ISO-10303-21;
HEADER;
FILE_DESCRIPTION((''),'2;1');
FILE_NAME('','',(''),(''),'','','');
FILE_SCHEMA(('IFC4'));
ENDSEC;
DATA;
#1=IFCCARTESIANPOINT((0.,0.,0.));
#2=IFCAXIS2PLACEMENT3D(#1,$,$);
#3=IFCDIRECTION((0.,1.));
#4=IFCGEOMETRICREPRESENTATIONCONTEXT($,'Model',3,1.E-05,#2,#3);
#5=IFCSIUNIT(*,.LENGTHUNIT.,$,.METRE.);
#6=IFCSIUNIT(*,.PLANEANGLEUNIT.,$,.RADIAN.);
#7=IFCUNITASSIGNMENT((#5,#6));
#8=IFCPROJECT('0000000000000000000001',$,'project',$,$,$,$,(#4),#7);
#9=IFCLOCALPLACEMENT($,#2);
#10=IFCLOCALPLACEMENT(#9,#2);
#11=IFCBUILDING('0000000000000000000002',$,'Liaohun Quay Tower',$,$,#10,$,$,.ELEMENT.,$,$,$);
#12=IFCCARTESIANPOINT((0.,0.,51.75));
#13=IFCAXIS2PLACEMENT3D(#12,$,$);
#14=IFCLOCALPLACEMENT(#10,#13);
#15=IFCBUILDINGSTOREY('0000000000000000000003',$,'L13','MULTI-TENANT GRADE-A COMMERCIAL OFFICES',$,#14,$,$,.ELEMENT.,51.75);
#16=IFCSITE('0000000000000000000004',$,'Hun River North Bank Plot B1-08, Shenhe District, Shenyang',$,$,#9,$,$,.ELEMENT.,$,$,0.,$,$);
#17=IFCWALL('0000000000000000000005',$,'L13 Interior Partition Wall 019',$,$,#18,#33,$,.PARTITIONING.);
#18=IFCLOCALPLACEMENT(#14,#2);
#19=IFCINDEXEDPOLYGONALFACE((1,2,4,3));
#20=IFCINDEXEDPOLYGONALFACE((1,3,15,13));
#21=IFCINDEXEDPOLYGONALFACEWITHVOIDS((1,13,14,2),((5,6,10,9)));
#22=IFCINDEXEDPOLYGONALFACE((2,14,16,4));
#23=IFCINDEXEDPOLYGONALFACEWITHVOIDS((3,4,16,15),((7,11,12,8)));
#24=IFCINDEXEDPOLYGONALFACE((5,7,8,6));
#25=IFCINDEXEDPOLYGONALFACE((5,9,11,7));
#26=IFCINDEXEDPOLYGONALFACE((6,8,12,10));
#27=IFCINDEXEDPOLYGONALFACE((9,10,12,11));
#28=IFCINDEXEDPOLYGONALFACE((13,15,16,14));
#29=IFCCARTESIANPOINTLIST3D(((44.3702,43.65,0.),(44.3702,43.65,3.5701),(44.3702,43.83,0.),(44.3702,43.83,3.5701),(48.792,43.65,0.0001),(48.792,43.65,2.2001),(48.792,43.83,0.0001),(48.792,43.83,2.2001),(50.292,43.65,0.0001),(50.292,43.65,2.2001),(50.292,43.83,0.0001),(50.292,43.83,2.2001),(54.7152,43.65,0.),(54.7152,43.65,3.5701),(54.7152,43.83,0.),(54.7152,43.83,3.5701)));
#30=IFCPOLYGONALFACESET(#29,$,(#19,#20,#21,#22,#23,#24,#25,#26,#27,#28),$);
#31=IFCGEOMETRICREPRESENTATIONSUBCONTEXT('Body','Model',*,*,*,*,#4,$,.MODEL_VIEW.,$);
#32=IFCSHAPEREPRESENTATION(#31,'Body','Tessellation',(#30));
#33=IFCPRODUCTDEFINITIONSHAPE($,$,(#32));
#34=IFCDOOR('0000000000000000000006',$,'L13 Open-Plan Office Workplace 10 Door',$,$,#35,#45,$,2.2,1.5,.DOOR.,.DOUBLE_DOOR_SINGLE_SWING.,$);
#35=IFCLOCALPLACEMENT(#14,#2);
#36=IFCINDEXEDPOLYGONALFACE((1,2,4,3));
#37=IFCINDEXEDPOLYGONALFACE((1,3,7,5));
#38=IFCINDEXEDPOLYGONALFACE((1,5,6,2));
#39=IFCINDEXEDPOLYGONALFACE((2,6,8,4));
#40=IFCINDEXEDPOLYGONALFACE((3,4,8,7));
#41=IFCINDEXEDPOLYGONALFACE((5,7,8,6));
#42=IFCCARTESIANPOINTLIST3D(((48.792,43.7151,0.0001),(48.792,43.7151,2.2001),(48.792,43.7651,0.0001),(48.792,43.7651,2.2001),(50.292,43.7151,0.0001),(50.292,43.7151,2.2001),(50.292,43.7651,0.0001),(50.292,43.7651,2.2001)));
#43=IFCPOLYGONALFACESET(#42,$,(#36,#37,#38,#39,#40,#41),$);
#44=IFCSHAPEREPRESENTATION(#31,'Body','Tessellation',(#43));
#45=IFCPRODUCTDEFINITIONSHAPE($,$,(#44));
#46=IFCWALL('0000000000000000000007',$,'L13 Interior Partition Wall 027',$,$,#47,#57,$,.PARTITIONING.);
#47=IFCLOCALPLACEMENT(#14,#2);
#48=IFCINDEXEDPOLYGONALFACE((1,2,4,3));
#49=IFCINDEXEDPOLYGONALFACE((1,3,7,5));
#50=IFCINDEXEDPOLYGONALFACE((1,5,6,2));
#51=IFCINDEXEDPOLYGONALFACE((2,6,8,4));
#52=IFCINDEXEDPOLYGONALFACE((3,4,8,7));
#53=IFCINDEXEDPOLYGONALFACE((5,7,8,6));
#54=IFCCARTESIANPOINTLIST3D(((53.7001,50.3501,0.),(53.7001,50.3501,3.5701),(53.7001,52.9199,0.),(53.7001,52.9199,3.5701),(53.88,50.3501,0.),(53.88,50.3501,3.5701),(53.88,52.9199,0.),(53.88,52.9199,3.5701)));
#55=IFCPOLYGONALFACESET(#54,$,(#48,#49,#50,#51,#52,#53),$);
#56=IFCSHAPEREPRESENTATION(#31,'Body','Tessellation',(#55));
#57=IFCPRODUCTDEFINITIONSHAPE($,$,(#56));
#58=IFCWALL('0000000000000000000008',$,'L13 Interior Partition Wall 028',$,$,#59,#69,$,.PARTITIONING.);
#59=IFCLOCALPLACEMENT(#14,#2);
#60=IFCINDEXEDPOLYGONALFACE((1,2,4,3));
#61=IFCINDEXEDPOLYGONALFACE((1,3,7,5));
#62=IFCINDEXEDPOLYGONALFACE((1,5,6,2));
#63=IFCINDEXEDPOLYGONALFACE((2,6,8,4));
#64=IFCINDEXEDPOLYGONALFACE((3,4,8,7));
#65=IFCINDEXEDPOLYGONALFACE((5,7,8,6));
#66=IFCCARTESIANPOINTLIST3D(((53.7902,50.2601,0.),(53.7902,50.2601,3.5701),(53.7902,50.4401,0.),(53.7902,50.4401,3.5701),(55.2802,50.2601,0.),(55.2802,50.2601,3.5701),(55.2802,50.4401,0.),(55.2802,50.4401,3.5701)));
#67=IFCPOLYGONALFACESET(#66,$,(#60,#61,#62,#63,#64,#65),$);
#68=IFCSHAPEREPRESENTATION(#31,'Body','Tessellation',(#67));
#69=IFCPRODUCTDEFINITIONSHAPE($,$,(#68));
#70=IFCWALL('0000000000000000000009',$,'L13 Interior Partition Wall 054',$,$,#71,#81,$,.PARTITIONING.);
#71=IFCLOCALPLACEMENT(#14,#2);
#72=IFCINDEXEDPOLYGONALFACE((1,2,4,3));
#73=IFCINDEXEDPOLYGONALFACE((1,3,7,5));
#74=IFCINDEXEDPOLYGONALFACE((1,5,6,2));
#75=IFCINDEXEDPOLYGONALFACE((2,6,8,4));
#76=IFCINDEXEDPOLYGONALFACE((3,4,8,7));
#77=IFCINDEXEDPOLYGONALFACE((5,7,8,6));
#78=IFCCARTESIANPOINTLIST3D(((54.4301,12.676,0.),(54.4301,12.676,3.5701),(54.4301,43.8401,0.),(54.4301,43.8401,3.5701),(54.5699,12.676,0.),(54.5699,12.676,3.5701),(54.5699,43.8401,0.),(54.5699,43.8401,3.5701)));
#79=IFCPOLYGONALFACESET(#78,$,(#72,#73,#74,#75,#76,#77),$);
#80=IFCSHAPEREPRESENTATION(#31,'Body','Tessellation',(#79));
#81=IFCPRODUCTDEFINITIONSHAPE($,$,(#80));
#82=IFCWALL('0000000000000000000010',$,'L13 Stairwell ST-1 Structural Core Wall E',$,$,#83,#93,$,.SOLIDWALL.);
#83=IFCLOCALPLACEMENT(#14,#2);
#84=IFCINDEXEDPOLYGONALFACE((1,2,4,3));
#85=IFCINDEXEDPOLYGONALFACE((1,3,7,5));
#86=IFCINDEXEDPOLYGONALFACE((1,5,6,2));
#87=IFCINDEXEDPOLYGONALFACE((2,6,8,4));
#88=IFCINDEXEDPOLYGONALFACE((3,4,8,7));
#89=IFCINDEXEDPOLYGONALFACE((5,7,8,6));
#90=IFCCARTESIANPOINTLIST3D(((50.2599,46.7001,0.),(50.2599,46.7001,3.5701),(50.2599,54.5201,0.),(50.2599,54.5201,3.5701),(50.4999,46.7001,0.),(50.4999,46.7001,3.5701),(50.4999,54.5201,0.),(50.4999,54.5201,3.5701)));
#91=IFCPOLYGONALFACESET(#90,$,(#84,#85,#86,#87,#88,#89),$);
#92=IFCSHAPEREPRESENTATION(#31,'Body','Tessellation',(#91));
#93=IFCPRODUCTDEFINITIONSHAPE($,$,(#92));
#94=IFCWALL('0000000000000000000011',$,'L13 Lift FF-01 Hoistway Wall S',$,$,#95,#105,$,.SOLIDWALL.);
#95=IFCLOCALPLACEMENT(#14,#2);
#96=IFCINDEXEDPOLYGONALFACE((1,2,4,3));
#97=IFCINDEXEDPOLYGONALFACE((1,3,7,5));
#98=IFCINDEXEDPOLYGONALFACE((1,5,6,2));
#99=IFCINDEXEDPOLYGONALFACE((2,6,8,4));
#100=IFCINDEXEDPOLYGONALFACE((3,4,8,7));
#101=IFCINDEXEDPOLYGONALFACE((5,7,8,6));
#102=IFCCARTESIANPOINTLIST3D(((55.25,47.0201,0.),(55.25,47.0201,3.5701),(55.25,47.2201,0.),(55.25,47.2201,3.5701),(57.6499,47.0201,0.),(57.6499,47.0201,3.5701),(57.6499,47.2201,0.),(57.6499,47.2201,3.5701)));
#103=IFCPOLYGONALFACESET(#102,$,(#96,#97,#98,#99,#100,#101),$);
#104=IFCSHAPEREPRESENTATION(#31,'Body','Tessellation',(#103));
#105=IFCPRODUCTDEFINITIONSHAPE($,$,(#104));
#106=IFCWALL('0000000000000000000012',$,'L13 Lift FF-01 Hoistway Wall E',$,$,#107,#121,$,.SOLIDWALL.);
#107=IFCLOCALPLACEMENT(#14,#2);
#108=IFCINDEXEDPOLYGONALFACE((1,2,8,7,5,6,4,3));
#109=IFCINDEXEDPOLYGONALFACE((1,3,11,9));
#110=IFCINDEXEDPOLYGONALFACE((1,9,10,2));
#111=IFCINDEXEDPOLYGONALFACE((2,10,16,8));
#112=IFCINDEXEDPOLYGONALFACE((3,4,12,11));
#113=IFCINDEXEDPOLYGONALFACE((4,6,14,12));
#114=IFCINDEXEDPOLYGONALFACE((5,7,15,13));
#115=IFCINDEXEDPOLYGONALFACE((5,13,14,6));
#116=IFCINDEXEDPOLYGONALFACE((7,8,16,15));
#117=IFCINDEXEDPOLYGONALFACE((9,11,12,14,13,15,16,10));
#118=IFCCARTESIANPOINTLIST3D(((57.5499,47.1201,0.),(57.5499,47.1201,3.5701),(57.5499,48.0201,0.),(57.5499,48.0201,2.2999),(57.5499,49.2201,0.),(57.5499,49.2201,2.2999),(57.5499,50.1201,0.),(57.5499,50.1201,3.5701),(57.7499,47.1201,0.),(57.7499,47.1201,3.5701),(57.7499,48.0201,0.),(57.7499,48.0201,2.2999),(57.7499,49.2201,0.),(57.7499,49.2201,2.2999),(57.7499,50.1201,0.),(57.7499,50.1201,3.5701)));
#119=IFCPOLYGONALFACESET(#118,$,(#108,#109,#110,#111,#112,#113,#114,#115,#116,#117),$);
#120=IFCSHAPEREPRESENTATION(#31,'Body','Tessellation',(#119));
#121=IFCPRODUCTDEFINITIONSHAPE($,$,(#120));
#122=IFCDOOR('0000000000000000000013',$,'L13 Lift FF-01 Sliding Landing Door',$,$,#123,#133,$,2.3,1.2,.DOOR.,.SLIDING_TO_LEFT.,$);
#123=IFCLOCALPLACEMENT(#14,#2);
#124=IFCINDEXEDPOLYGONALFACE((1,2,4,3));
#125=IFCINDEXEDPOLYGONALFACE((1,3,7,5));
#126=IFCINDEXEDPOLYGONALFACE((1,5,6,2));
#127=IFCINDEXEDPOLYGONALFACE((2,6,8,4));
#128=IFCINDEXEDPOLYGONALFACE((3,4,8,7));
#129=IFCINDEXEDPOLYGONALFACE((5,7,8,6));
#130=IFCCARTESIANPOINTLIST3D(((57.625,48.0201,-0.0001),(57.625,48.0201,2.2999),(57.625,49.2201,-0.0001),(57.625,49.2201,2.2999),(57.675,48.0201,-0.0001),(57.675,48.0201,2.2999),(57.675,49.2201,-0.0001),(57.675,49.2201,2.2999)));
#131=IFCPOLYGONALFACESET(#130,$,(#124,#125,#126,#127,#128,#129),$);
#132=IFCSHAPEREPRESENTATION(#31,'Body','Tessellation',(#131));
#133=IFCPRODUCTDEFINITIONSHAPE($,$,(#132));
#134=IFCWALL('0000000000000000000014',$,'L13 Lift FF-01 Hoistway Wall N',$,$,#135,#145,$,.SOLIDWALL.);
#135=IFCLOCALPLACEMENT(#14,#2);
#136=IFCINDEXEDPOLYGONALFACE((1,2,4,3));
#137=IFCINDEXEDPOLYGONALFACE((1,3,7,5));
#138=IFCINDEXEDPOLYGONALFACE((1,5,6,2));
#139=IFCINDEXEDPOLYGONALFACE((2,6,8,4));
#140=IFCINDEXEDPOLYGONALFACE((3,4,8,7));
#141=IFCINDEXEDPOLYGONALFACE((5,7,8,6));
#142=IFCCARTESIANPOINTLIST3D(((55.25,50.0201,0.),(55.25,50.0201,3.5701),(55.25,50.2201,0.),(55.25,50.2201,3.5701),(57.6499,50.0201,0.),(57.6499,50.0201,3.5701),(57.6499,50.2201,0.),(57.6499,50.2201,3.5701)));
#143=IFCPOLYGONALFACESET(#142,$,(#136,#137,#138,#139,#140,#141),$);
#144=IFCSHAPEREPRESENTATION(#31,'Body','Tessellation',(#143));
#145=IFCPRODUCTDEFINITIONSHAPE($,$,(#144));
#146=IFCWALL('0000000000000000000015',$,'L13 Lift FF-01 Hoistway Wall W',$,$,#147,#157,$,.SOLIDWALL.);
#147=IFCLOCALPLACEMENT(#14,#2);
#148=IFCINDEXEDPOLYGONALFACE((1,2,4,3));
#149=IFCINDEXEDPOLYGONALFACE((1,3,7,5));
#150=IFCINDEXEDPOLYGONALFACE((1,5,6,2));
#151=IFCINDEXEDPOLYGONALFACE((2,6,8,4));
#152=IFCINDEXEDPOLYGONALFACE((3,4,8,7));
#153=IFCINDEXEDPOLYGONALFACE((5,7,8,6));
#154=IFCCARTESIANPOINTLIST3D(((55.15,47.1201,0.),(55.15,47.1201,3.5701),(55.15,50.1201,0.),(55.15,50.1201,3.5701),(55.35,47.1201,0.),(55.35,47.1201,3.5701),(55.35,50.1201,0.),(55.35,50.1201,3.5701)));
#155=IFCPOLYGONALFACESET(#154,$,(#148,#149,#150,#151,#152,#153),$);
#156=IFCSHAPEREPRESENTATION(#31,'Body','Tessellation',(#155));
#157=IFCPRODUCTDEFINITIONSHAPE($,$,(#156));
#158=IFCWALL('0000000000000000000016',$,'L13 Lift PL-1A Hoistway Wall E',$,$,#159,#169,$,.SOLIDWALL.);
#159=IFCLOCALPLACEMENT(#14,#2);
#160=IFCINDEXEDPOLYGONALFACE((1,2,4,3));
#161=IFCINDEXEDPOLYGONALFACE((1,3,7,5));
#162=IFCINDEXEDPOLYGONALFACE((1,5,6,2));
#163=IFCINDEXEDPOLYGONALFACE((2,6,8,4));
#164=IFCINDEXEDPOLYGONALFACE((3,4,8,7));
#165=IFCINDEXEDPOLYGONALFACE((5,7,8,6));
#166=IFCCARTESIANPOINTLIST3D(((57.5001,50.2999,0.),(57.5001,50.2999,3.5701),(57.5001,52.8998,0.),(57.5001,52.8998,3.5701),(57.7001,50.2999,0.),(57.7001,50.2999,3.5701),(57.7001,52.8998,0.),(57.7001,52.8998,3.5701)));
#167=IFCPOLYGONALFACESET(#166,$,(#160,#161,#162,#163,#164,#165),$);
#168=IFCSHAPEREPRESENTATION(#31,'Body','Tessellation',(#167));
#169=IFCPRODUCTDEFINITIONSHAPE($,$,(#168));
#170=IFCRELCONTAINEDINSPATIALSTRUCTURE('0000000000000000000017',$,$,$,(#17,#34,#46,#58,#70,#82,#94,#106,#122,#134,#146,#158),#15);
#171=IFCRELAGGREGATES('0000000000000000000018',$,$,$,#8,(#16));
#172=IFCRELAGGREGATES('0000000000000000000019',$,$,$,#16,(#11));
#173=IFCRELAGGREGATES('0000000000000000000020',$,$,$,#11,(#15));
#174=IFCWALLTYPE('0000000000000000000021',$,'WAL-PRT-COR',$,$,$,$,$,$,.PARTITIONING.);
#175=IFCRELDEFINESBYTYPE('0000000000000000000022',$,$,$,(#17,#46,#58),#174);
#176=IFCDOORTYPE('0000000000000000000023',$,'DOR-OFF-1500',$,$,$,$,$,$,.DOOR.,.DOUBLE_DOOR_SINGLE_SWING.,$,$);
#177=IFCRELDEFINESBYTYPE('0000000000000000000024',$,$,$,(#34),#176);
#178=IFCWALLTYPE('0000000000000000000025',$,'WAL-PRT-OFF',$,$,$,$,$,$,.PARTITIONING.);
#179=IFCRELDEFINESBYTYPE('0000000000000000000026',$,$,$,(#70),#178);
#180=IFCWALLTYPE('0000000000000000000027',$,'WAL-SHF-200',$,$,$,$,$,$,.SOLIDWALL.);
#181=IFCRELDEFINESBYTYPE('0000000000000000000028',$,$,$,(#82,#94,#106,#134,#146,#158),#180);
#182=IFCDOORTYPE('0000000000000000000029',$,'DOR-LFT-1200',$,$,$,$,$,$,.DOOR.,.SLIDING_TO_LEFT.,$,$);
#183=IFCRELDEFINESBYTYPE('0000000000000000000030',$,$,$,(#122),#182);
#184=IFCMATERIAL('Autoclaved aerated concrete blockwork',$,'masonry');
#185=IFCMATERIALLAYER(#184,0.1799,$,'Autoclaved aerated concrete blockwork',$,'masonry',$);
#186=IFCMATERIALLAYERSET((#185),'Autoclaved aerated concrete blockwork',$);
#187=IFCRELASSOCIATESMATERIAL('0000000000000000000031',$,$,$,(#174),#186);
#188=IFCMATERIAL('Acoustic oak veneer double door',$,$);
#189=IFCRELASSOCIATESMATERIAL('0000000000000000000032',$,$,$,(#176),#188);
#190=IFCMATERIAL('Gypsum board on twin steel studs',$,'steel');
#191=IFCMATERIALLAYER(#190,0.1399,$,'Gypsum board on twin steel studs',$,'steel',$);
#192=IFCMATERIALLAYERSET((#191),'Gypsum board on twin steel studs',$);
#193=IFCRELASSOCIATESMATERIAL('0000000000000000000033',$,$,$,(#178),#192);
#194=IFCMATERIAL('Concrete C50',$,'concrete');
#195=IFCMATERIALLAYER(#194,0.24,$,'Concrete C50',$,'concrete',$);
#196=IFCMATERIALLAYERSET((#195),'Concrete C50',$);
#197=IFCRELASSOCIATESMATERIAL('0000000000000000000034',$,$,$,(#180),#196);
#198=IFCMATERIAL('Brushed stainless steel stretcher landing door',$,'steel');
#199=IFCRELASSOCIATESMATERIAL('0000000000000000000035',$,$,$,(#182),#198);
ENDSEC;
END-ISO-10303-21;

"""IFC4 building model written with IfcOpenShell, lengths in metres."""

from ifc_helpers import new_model, si_unit, direction, frame, frame_2d, origin, place, context, subcontext, project, spatial, rectangle, extrude, source, transform, mapped, material, layer, layer_set, type_object, element, fill, save


model = new_model("IFC4")

# Units and contexts
model_context = context("Model", 3, precision=1e-05, world=origin(), true_north=direction((0.0, 1.0)))
body_context = subcontext(model_context, "Body", "Model", "MODEL_VIEW")
ifc_project = project(units=[si_unit("LENGTHUNIT", "METRE"), si_unit("PLANEANGLEUNIT", "RADIAN")], contexts=[model_context])

# Site, building, storey
site_placement = place(None, origin())
site = spatial("IfcSite", under=ifc_project, at=site_placement, Name="Hun River North Bank Plot B1-08, Shenhe District, Shenyang", CompositionType="ELEMENT", RefElevation=0.0)
building_placement = place(site_placement, origin())
building = spatial("IfcBuilding", under=site, at=building_placement, Name="Liaohun Quay Tower", CompositionType="ELEMENT")
storey_placement = place(building_placement, frame((0.0, 0.0, 51.75)))
storey = spatial("IfcBuildingStorey", under=building, at=storey_placement, Name="L13", Description="MULTI-TENANT GRADE-A COMMERCIAL OFFICES", CompositionType="ELEMENT", Elevation=51.75)

# Shared definitions
ifc_material_1 = material(Name="Concrete C50", Category="concrete")

# Wall, opening, door
ifc_material_2 = material(Name="Autoclaved aerated concrete blockwork", Category="masonry")
ifc_layer_1 = layer(ifc_material_2, 0.1799, Name="Autoclaved aerated concrete blockwork", Category="masonry")
ifc_layer_set_1 = layer_set([ifc_layer_1], Name="Autoclaved aerated concrete blockwork")
wall_type_1 = type_object("IfcWallType", Name="WAL-PRT-COR", PredefinedType="PARTITIONING", material=ifc_layer_set_1)
wall_1_placement = place(storey_placement, frame((54.7151, 43.74, 0.0), z_axis=(0.0, 0.0, 1.0), x_axis=(-1.0, 0.0, 0.0)))
wall_1 = element("IfcWall", 1, at=wall_1_placement, inside=storey, type_object=wall_type_1, Name="L13 Interior Partition Wall 019", PredefinedType="PARTITIONING", context=body_context, shape_type="SweptSolid", body=[
    extrude(rectangle(XDim=10.345, YDim=0.1799, at=frame_2d((5.1724, 0.0))), origin(), (0.0, 0.0, 1.0), 3.5701),
])
shared_shape_1 = source(origin(), body_context, "Body", "SweptSolid", [
    extrude(rectangle(XDim=1.5, YDim=2.2, at=frame_2d((0.75, 1.1001))), frame((0.0, 0.0999, 0.0), z_axis=(0.0, -1.0, 0.0), x_axis=(1.0, 0.0, 0.0)), (0.0, 0.0, 1.0), 0.2),
])
opening_1_placement = place(wall_1_placement, frame((4.4231, 0.0, 0.0)))
opening_1 = element("IfcOpeningElement", 2, at=opening_1_placement, cuts=wall_1, PredefinedType="OPENING", context=body_context, shape_type="MappedRepresentation", body=[
    mapped(shared_shape_1, transform((0.0, 0.0, 0.0), x_axis=(1.0, 0.0, 0.0), y_axis=(0.0, 1.0, 0.0), z_axis=(0.0, 0.0, 1.0), scale=1.0)),
])
ifc_material_3 = material(Name="Acoustic oak veneer double door")
door_type_1 = type_object("IfcDoorType", Name="DOR-OFF-1500", OperationType="DOUBLE_DOOR_SINGLE_SWING", PredefinedType="DOOR", material=ifc_material_3)
shared_shape_2 = source(origin(), body_context, "Body", "SweptSolid", [
    extrude(rectangle(XDim=1.5, YDim=2.2, at=frame_2d((0.75, 1.1001))), frame((0.0, 0.0249, 0.0), z_axis=(0.0, -1.0, 0.0), x_axis=(1.0, 0.0, 0.0)), (0.0, 0.0, 1.0), 0.05),
])
door_1_placement = place(opening_1_placement, origin())
door_1 = element("IfcDoor", 3, at=door_1_placement, inside=storey, type_object=door_type_1, Name="L13 Open-Plan Office Workplace 10 Door", OperationType="DOUBLE_DOOR_SINGLE_SWING", OverallHeight=2.2, OverallWidth=1.5, PredefinedType="DOOR", context=body_context, shape_type="MappedRepresentation", body=[
    mapped(shared_shape_2, transform((0.0, 0.0, 0.0), x_axis=(1.0, 0.0, 0.0), y_axis=(0.0, 1.0, 0.0), z_axis=(0.0, 0.0, 1.0), scale=1.0)),
])
fill(opening_1, door_1)

# Walls
wall_2_placement = place(storey_placement, frame((53.79, 50.3501, 0.0), z_axis=(0.0, 0.0, 1.0), x_axis=(0.0, 1.0, 0.0)))
element("IfcWall", 4, at=wall_2_placement, inside=storey, type_object=wall_type_1, Name="L13 Interior Partition Wall 027", PredefinedType="PARTITIONING", context=body_context, shape_type="SweptSolid", body=[
    extrude(rectangle(XDim=2.5698, YDim=0.1799, at=frame_2d((1.2849, 0.0))), origin(), (0.0, 0.0, 1.0), 3.5701),
])
wall_3_placement = place(storey_placement, frame((53.79, 50.3501, 0.0), z_axis=(0.0, 0.0, 1.0), x_axis=(1.0, 0.0, 0.0)))
element("IfcWall", 5, at=wall_3_placement, inside=storey, type_object=wall_type_1, Name="L13 Interior Partition Wall 028", PredefinedType="PARTITIONING", context=body_context, shape_type="SweptSolid", body=[
    extrude(rectangle(XDim=1.49, YDim=0.1799, at=frame_2d((0.7451, 0.0))), origin(), (0.0, 0.0, 1.0), 3.5701),
])
ifc_material_4 = material(Name="Gypsum board on twin steel studs", Category="steel")
ifc_layer_2 = layer(ifc_material_4, 0.1399, Name="Gypsum board on twin steel studs", Category="steel")
ifc_layer_set_2 = layer_set([ifc_layer_2], Name="Gypsum board on twin steel studs")
wall_type_2 = type_object("IfcWallType", Name="WAL-PRT-OFF", PredefinedType="PARTITIONING", material=ifc_layer_set_2)
wall_4_placement = place(storey_placement, frame((54.5, 43.8401, 0.0), z_axis=(0.0, 0.0, 1.0), x_axis=(0.0, -1.0, 0.0)))
element("IfcWall", 6, at=wall_4_placement, inside=storey, type_object=wall_type_2, Name="L13 Interior Partition Wall 054", PredefinedType="PARTITIONING", context=body_context, shape_type="SweptSolid", body=[
    extrude(rectangle(XDim=31.1641, YDim=0.1399, at=frame_2d((15.582, 0.0))), origin(), (0.0, 0.0, 1.0), 3.5701),
])
ifc_layer_3 = layer(ifc_material_1, 0.24, Name="Concrete C50", Category="concrete")
ifc_layer_set_3 = layer_set([ifc_layer_3], Name="Concrete C50")
wall_type_3 = type_object("IfcWallType", Name="WAL-SHF-200", PredefinedType="SOLIDWALL", material=ifc_layer_set_3)
wall_5_placement = place(storey_placement, frame((50.3799, 46.7, 0.0), z_axis=(0.0, 0.0, 1.0), x_axis=(0.0, 1.0, 0.0)))
element("IfcWall", 7, at=wall_5_placement, inside=storey, type_object=wall_type_3, Name="L13 Stairwell ST-1 Structural Core Wall E", PredefinedType="SOLIDWALL", context=body_context, shape_type="SweptSolid", body=[
    extrude(rectangle(XDim=7.8201, YDim=0.24, at=frame_2d((3.9102, 0.0))), origin(), (0.0, 0.0, 1.0), 3.5701),
])
wall_6_placement = place(storey_placement, frame((55.25, 47.1201, 0.0), z_axis=(0.0, 0.0, 1.0), x_axis=(1.0, 0.0, 0.0)))
element("IfcWall", 8, at=wall_6_placement, inside=storey, type_object=wall_type_3, Name="L13 Lift FF-01 Hoistway Wall S", PredefinedType="SOLIDWALL", context=body_context, shape_type="SweptSolid", body=[
    extrude(rectangle(XDim=2.3999, YDim=0.2, at=frame_2d((1.2, 0.0))), origin(), (0.0, 0.0, 1.0), 3.5701),
])

# Wall, opening, door
wall_7_placement = place(storey_placement, frame((57.6499, 47.1201, 0.0), z_axis=(0.0, 0.0, 1.0), x_axis=(0.0, 1.0, 0.0)))
wall_7 = element("IfcWall", 9, at=wall_7_placement, inside=storey, type_object=wall_type_3, Name="L13 Lift FF-01 Hoistway Wall E", PredefinedType="SOLIDWALL", context=body_context, shape_type="SweptSolid", body=[
    extrude(rectangle(XDim=3.0, YDim=0.2, at=frame_2d((1.5, 0.0))), origin(), (0.0, 0.0, 1.0), 3.5701),
])
shared_shape_3 = source(origin(), body_context, "Body", "SweptSolid", [
    extrude(rectangle(XDim=1.2, YDim=2.3, at=frame_2d((0.6001, 1.1499))), frame((0.0, 0.1099, 0.0), z_axis=(0.0, -1.0, 0.0), x_axis=(1.0, 0.0, 0.0)), (0.0, 0.0, 1.0), 0.22),
])
opening_2_placement = place(wall_7_placement, frame((0.8999, 0.0, 0.0)))
opening_2 = element("IfcOpeningElement", 10, at=opening_2_placement, cuts=wall_7, PredefinedType="OPENING", context=body_context, shape_type="MappedRepresentation", body=[
    mapped(shared_shape_3, transform((0.0, 0.0, 0.0), x_axis=(1.0, 0.0, 0.0), y_axis=(0.0, 1.0, 0.0), z_axis=(0.0, 0.0, 1.0), scale=1.0)),
])
ifc_material_5 = material(Name="Brushed stainless steel stretcher landing door", Category="steel")
door_type_2 = type_object("IfcDoorType", Name="DOR-LFT-1200", OperationType="SLIDING_TO_LEFT", PredefinedType="DOOR", material=ifc_material_5)
shared_shape_4 = source(origin(), body_context, "Body", "SweptSolid", [
    extrude(rectangle(XDim=1.2, YDim=2.3, at=frame_2d((0.6001, 1.1499))), frame((0.0, 0.0249, 0.0), z_axis=(0.0, -1.0, 0.0), x_axis=(1.0, 0.0, 0.0)), (0.0, 0.0, 1.0), 0.05),
])
door_2_placement = place(opening_2_placement, origin())
door_2 = element("IfcDoor", 11, at=door_2_placement, inside=storey, type_object=door_type_2, Name="L13 Lift FF-01 Sliding Landing Door", OperationType="SLIDING_TO_LEFT", OverallHeight=2.3, OverallWidth=1.2, PredefinedType="DOOR", context=body_context, shape_type="MappedRepresentation", body=[
    mapped(shared_shape_4, transform((0.0, 0.0, 0.0), x_axis=(1.0, 0.0, 0.0), y_axis=(0.0, 1.0, 0.0), z_axis=(0.0, 0.0, 1.0), scale=1.0)),
])
fill(opening_2, door_2)

# Walls
wall_8_placement = place(storey_placement, frame((57.6499, 50.1201, 0.0), z_axis=(0.0, 0.0, 1.0), x_axis=(-1.0, 0.0, 0.0)))
element("IfcWall", 12, at=wall_8_placement, inside=storey, type_object=wall_type_3, Name="L13 Lift FF-01 Hoistway Wall N", PredefinedType="SOLIDWALL", context=body_context, shape_type="SweptSolid", body=[
    extrude(rectangle(XDim=2.3999, YDim=0.2, at=frame_2d((1.2, 0.0))), origin(), (0.0, 0.0, 1.0), 3.5701),
])
wall_9_placement = place(storey_placement, frame((55.25, 50.1201, 0.0), z_axis=(0.0, 0.0, 1.0), x_axis=(0.0, -1.0, 0.0)))
element("IfcWall", 13, at=wall_9_placement, inside=storey, type_object=wall_type_3, Name="L13 Lift FF-01 Hoistway Wall W", PredefinedType="SOLIDWALL", context=body_context, shape_type="SweptSolid", body=[
    extrude(rectangle(XDim=3.0, YDim=0.2, at=frame_2d((1.5, 0.0))), origin(), (0.0, 0.0, 1.0), 3.5701),
])
wall_10_placement = place(storey_placement, frame((57.6001, 50.3, 0.0), z_axis=(0.0, 0.0, 1.0), x_axis=(0.0, 1.0, 0.0)))
element("IfcWall", 14, at=wall_10_placement, inside=storey, type_object=wall_type_3, Name="L13 Lift PL-1A Hoistway Wall E", PredefinedType="SOLIDWALL", context=body_context, shape_type="SweptSolid", body=[
    extrude(rectangle(XDim=2.5999, YDim=0.2, at=frame_2d((1.2998, 0.0))), origin(), (0.0, 0.0, 1.0), 3.5701),
])

save(model, "model.ifc")
